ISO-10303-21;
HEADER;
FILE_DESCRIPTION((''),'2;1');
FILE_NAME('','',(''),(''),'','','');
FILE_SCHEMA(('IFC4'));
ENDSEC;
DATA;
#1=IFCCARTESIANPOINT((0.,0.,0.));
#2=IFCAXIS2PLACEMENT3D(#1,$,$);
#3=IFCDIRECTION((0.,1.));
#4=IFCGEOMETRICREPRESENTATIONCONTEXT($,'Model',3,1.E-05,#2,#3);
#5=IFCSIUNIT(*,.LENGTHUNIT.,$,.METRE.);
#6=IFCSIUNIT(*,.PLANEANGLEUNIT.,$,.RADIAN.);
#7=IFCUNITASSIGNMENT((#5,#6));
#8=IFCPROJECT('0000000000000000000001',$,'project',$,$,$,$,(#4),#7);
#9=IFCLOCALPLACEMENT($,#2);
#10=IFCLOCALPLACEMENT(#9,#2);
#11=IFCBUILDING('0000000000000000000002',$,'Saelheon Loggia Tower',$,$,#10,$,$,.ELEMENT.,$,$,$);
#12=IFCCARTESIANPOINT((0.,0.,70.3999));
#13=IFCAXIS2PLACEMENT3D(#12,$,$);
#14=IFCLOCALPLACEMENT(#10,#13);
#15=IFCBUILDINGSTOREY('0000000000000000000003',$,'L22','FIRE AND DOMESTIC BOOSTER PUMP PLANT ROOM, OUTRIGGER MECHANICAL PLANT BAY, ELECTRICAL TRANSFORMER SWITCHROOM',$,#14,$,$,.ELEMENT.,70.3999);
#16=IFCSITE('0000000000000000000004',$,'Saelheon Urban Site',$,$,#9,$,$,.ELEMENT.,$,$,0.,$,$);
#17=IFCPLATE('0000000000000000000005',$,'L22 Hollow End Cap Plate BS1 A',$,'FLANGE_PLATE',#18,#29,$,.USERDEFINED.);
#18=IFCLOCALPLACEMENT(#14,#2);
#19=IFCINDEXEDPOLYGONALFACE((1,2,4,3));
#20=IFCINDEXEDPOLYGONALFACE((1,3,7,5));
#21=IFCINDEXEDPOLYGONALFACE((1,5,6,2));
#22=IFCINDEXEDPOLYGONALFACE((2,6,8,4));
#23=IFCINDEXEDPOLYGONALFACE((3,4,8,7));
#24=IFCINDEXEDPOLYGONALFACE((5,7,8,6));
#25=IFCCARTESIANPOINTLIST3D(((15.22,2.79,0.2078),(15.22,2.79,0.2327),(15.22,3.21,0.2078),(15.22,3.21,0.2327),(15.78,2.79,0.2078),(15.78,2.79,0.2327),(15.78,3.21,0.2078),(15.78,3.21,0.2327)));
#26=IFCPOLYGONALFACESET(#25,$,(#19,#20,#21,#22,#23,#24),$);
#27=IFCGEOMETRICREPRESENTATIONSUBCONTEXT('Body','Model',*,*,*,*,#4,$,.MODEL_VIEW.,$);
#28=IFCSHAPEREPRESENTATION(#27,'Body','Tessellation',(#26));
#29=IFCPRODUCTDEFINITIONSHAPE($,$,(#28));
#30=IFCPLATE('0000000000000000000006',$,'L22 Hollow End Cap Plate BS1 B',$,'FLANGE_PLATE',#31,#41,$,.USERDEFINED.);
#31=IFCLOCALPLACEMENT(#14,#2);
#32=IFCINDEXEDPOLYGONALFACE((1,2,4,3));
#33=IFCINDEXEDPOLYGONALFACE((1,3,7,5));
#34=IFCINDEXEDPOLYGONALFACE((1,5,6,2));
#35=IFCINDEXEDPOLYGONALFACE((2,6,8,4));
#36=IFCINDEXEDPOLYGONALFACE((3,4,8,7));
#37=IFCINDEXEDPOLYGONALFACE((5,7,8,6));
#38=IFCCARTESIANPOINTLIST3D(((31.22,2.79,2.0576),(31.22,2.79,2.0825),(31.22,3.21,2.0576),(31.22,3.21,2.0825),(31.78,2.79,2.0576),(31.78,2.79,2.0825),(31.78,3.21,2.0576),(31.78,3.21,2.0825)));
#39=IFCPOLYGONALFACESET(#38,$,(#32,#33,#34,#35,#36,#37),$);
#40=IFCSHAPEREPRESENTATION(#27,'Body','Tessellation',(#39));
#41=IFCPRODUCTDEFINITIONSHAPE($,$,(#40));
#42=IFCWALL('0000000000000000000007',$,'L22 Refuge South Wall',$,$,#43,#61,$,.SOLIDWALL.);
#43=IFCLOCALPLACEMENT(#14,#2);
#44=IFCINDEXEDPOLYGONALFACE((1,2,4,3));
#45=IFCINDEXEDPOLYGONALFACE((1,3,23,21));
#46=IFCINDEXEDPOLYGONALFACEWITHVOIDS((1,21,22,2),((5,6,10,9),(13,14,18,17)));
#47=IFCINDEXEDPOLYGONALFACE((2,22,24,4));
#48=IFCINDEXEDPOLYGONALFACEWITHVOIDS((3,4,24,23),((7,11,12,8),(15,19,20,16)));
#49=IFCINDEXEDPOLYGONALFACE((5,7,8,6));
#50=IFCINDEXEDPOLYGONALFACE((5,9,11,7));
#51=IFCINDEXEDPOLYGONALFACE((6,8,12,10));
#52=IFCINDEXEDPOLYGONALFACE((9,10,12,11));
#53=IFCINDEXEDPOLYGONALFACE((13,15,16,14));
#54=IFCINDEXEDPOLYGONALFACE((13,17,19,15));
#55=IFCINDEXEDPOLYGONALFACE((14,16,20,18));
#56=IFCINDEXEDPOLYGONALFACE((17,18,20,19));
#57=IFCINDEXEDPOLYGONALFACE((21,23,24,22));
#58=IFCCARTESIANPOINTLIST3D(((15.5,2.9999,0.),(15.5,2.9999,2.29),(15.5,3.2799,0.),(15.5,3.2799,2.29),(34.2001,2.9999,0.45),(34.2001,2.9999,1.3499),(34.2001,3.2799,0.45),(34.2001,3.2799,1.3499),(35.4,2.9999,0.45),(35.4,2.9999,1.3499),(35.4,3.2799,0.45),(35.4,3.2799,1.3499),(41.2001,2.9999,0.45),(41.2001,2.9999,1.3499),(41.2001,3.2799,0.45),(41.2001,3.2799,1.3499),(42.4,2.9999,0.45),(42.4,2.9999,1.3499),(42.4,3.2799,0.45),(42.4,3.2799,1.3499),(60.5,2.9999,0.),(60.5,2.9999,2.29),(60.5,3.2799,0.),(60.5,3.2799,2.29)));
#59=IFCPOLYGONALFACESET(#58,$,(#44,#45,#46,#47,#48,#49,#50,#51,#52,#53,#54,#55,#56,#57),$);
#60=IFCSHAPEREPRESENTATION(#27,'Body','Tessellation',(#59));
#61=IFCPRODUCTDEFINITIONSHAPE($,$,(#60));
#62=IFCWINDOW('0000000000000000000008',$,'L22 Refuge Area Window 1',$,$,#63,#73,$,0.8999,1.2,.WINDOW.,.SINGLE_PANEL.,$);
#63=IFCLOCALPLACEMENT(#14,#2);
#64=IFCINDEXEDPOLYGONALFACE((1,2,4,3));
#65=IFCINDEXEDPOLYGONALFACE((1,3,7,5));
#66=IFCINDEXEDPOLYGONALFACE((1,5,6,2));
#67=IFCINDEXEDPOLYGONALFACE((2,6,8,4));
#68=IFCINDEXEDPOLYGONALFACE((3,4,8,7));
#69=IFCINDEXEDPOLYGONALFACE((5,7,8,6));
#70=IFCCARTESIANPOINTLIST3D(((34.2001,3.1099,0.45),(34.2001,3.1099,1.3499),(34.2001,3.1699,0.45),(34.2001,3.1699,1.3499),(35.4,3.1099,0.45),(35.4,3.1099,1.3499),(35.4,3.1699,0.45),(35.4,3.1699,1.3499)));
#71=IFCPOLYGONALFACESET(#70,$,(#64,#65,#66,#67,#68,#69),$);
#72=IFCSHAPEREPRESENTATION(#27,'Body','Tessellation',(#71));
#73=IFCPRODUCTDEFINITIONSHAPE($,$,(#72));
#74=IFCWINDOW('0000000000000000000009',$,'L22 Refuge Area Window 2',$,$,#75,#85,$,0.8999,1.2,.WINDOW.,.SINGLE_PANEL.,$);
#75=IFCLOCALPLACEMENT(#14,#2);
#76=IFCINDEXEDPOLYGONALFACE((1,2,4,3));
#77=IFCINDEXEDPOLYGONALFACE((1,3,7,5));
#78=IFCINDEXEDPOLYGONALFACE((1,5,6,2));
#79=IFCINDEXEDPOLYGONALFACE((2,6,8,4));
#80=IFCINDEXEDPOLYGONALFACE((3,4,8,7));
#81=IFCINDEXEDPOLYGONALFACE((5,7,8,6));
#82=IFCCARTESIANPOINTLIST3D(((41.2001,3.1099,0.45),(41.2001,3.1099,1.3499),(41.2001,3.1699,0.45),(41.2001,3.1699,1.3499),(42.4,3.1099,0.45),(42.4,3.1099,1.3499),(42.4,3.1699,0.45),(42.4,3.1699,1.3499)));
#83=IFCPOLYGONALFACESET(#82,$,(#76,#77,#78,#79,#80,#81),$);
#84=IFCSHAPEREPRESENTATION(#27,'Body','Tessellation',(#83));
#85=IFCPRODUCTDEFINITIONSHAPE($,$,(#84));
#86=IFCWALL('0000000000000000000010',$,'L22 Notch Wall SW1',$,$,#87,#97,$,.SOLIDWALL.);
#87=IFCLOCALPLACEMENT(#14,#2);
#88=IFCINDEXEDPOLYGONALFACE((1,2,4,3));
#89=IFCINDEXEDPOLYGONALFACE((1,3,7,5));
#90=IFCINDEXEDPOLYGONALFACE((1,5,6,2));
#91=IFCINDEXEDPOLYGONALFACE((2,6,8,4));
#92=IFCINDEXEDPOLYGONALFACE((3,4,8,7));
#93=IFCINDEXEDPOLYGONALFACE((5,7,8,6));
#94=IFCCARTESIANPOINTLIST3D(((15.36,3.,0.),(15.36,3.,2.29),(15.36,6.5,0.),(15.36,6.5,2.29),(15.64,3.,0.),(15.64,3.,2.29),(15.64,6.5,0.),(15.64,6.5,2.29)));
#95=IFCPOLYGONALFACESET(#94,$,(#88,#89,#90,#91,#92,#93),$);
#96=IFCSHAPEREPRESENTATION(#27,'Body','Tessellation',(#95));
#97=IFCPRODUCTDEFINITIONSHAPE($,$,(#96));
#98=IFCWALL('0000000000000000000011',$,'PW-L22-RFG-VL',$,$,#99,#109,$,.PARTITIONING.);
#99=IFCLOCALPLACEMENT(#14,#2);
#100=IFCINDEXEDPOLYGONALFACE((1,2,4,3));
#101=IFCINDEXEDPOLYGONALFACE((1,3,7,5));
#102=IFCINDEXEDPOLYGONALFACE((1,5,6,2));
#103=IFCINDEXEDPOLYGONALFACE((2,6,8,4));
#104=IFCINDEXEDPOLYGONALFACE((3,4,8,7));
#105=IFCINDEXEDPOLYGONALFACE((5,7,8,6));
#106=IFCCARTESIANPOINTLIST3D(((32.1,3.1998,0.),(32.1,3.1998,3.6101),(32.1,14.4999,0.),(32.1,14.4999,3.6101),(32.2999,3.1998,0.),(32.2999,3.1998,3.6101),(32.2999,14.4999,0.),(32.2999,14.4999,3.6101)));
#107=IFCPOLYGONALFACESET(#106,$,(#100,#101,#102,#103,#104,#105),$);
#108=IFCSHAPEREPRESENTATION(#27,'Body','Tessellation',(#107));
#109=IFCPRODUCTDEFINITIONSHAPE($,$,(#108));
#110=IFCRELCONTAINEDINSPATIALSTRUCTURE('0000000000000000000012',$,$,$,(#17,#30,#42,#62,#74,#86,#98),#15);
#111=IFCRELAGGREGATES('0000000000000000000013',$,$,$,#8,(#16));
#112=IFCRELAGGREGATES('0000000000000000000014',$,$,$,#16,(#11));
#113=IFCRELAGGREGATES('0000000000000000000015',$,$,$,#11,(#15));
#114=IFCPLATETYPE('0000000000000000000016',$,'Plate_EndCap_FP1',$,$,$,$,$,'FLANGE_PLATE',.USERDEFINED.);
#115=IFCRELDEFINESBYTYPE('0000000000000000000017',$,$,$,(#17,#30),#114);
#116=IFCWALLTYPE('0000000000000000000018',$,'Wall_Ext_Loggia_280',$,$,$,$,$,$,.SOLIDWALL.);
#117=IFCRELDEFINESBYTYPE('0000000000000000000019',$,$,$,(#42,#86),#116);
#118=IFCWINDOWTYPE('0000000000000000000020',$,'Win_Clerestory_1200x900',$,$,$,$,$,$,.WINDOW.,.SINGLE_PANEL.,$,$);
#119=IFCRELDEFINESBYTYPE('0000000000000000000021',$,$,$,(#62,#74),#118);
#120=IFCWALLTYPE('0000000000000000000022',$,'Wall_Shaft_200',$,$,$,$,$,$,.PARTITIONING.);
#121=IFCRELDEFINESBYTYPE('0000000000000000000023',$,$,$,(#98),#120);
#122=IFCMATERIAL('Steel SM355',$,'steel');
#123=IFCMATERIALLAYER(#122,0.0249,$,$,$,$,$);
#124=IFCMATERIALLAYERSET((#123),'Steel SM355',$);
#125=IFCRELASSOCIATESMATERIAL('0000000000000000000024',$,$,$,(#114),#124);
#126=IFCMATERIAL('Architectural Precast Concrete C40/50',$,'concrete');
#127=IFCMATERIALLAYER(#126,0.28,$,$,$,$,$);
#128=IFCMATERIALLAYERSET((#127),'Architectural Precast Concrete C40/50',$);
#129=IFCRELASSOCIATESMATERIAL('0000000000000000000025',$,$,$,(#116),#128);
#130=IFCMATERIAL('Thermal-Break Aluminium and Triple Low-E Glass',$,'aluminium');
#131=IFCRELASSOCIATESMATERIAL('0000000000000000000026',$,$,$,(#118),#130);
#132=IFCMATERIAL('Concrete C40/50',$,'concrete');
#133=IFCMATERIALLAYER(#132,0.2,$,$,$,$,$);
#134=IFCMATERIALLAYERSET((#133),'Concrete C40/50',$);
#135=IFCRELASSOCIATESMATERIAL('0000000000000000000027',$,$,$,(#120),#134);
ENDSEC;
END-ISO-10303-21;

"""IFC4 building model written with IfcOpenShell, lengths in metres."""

from ifc_helpers import new_model, si_unit, direction, frame, frame_2d, origin, origin_2d, place, context, subcontext, project, spatial, rectangle, extrude, source, transform, mapped, material, layer, layer_set, type_object, element, fill, save


model = new_model("IFC4")

# Units and contexts
model_context = context("Model", 3, precision=1e-05, world=origin(), true_north=direction((0.0, 1.0)))
body_context = subcontext(model_context, "Body", "Model", "MODEL_VIEW")
ifc_project = project(units=[si_unit("LENGTHUNIT", "METRE"), si_unit("PLANEANGLEUNIT", "RADIAN")], contexts=[model_context])

# Site, building, storey
site_placement = place(None, origin())
site = spatial("IfcSite", under=ifc_project, at=site_placement, Name="Saelheon Urban Site", CompositionType="ELEMENT", RefElevation=0.0)
building_placement = place(site_placement, origin())
building = spatial("IfcBuilding", under=site, at=building_placement, Name="Saelheon Loggia Tower", CompositionType="ELEMENT")
storey_placement = place(building_placement, frame((0.0, 0.0, 70.3999)))
storey = spatial("IfcBuildingStorey", under=building, at=storey_placement, Name="L22", Description="FIRE AND DOMESTIC BOOSTER PUMP PLANT ROOM, OUTRIGGER MECHANICAL PLANT BAY, ELECTRICAL TRANSFORMER SWITCHROOM", CompositionType="ELEMENT", Elevation=70.3999)

# Shared definitions
ifc_material_1 = material(Name="Steel SM355", Category="steel")

# Plates
ifc_layer_1 = layer(ifc_material_1, 0.0249)
ifc_layer_set_1 = layer_set([ifc_layer_1], Name="Steel SM355")
plate_type_1 = type_object("IfcPlateType", Name="Plate_EndCap_FP1", ElementType="FLANGE_PLATE", PredefinedType="USERDEFINED", material=ifc_layer_set_1)
shared_shape_1 = source(origin(), body_context, "Body", "SweptSolid", [
    extrude(rectangle(XDim=0.5601, YDim=0.4199, at=origin_2d()), origin(), (0.0, 0.0, 1.0), 0.0249),
])
for number, where, z_axis, x_axis, name in (
    (1, (15.5, 3.0, 0.2078), (0.0, 0.0, 1.0), (1.0, 0.0, 0.0), "L22 Hollow End Cap Plate BS1 A"),
    (2, (31.5, 3.0, 2.0576), (0.0, 0.0, 1.0), (1.0, 0.0, 0.0), "L22 Hollow End Cap Plate BS1 B"),
):
    element("IfcPlate", number, at=place(storey_placement, frame(where, z_axis=z_axis, x_axis=x_axis)), inside=storey, type_object=plate_type_1, Name=name, ObjectType="FLANGE_PLATE", PredefinedType="USERDEFINED", context=body_context, shape_type="MappedRepresentation", body=[
        mapped(shared_shape_1, transform((0.0, 0.0, 0.0), scale=1.0)),
    ])

# Wall, openings, windows
ifc_material_2 = material(Name="Architectural Precast Concrete C40/50", Category="concrete")
ifc_layer_2 = layer(ifc_material_2, 0.28)
ifc_layer_set_2 = layer_set([ifc_layer_2], Name="Architectural Precast Concrete C40/50")
wall_type_1 = type_object("IfcWallType", Name="Wall_Ext_Loggia_280", PredefinedType="SOLIDWALL", material=ifc_layer_set_2)
wall_1_placement = place(storey_placement, frame((15.5, 3.1399, 0.0), z_axis=(0.0, 0.0, 1.0), x_axis=(1.0, 0.0, 0.0)))
wall_1 = element("IfcWall", 3, at=wall_1_placement, inside=storey, type_object=wall_type_1, Name="L22 Refuge South Wall", PredefinedType="SOLIDWALL", context=body_context, shape_type="SweptSolid", body=[
    extrude(rectangle(XDim=45.0, YDim=0.28, at=frame_2d((22.5, 0.0))), origin(), (0.0, 0.0, 1.0), 2.29),
])
opening_1_placement = place(wall_1_placement, frame((18.7, 0.0, 0.45)))
opening_1 = element("IfcOpeningElement", 4, at=opening_1_placement, cuts=wall_1, PredefinedType="OPENING", context=body_context, shape_type="SweptSolid", body=[
    extrude(rectangle(XDim=1.2, YDim=0.8999, at=frame_2d((0.6001, 0.45))), frame((0.0, 0.1521, 0.0), z_axis=(0.0, -1.0, 0.0), x_axis=(1.0, 0.0, 0.0)), (0.0, 0.0, 1.0), 0.304),
])
opening_2_placement = place(wall_1_placement, frame((25.7, 0.0, 0.45)))
opening_2 = element("IfcOpeningElement", 5, at=opening_2_placement, cuts=wall_1, PredefinedType="OPENING", context=body_context, shape_type="SweptSolid", body=[
    extrude(rectangle(XDim=1.2, YDim=0.8999, at=frame_2d((0.6001, 0.45))), frame((0.0, 0.1521, 0.0), z_axis=(0.0, -1.0, 0.0), x_axis=(1.0, 0.0, 0.0)), (0.0, 0.0, 1.0), 0.304),
])
ifc_material_3 = material(Name="Thermal-Break Aluminium and Triple Low-E Glass", Category="aluminium")
window_type = type_object("IfcWindowType", Name="Win_Clerestory_1200x900", PartitioningType="SINGLE_PANEL", PredefinedType="WINDOW", material=ifc_material_3)
shared_shape_2 = source(origin(), body_context, "Body", "SweptSolid", [
    extrude(rectangle(XDim=1.2, YDim=0.8999, at=frame_2d((0.6001, 0.45))), frame((0.0, 0.03, 0.0), z_axis=(0.0, -1.0, 0.0), x_axis=(1.0, 0.0, 0.0)), (0.0, 0.0, 1.0), 0.0601),
])
window_1_placement = place(opening_1_placement, origin())
window_1 = element("IfcWindow", 6, at=window_1_placement, inside=storey, type_object=window_type, Name="L22 Refuge Area Window 1", OverallHeight=0.8999, OverallWidth=1.2, PartitioningType="SINGLE_PANEL", PredefinedType="WINDOW", context=body_context, shape_type="MappedRepresentation", body=[
    mapped(shared_shape_2, transform((0.0, 0.0, 0.0), scale=1.0)),
])
fill(opening_1, window_1)
window_2_placement = place(opening_2_placement, origin())
window_2 = element("IfcWindow", 7, at=window_2_placement, inside=storey, type_object=window_type, Name="L22 Refuge Area Window 2", OverallHeight=0.8999, OverallWidth=1.2, PartitioningType="SINGLE_PANEL", PredefinedType="WINDOW", context=body_context, shape_type="MappedRepresentation", body=[
    mapped(shared_shape_2, transform((0.0, 0.0, 0.0), scale=1.0)),
])
fill(opening_2, window_2)

# Walls
wall_2_placement = place(storey_placement, frame((15.5, 3.0, 0.0), z_axis=(0.0, 0.0, 1.0), x_axis=(0.0, 1.0, 0.0)))
element("IfcWall", 8, at=wall_2_placement, inside=storey, type_object=wall_type_1, Name="L22 Notch Wall SW1", PredefinedType="SOLIDWALL", context=body_context, shape_type="SweptSolid", body=[
    extrude(rectangle(XDim=3.5, YDim=0.28, at=frame_2d((1.75, 0.0))), origin(), (0.0, 0.0, 1.0), 2.29),
])
ifc_material_4 = material(Name="Concrete C40/50", Category="concrete")
ifc_layer_3 = layer(ifc_material_4, 0.2)
ifc_layer_set_3 = layer_set([ifc_layer_3], Name="Concrete C40/50")
wall_type_2 = type_object("IfcWallType", Name="Wall_Shaft_200", PredefinedType="PARTITIONING", material=ifc_layer_set_3)
wall_3_placement = place(storey_placement, frame((32.2, 3.2, 0.0), z_axis=(0.0, 0.0, 1.0), x_axis=(0.0, 1.0, 0.0)))
element("IfcWall", 9, at=wall_3_placement, inside=storey, type_object=wall_type_2, Name="PW-L22-RFG-VL", PredefinedType="PARTITIONING", context=body_context, shape_type="SweptSolid", body=[
    extrude(rectangle(XDim=11.3, YDim=0.2, at=frame_2d((5.6499, 0.0))), origin(), (0.0, 0.0, 1.0), 3.6101),
])

save(model, "model.ifc")
